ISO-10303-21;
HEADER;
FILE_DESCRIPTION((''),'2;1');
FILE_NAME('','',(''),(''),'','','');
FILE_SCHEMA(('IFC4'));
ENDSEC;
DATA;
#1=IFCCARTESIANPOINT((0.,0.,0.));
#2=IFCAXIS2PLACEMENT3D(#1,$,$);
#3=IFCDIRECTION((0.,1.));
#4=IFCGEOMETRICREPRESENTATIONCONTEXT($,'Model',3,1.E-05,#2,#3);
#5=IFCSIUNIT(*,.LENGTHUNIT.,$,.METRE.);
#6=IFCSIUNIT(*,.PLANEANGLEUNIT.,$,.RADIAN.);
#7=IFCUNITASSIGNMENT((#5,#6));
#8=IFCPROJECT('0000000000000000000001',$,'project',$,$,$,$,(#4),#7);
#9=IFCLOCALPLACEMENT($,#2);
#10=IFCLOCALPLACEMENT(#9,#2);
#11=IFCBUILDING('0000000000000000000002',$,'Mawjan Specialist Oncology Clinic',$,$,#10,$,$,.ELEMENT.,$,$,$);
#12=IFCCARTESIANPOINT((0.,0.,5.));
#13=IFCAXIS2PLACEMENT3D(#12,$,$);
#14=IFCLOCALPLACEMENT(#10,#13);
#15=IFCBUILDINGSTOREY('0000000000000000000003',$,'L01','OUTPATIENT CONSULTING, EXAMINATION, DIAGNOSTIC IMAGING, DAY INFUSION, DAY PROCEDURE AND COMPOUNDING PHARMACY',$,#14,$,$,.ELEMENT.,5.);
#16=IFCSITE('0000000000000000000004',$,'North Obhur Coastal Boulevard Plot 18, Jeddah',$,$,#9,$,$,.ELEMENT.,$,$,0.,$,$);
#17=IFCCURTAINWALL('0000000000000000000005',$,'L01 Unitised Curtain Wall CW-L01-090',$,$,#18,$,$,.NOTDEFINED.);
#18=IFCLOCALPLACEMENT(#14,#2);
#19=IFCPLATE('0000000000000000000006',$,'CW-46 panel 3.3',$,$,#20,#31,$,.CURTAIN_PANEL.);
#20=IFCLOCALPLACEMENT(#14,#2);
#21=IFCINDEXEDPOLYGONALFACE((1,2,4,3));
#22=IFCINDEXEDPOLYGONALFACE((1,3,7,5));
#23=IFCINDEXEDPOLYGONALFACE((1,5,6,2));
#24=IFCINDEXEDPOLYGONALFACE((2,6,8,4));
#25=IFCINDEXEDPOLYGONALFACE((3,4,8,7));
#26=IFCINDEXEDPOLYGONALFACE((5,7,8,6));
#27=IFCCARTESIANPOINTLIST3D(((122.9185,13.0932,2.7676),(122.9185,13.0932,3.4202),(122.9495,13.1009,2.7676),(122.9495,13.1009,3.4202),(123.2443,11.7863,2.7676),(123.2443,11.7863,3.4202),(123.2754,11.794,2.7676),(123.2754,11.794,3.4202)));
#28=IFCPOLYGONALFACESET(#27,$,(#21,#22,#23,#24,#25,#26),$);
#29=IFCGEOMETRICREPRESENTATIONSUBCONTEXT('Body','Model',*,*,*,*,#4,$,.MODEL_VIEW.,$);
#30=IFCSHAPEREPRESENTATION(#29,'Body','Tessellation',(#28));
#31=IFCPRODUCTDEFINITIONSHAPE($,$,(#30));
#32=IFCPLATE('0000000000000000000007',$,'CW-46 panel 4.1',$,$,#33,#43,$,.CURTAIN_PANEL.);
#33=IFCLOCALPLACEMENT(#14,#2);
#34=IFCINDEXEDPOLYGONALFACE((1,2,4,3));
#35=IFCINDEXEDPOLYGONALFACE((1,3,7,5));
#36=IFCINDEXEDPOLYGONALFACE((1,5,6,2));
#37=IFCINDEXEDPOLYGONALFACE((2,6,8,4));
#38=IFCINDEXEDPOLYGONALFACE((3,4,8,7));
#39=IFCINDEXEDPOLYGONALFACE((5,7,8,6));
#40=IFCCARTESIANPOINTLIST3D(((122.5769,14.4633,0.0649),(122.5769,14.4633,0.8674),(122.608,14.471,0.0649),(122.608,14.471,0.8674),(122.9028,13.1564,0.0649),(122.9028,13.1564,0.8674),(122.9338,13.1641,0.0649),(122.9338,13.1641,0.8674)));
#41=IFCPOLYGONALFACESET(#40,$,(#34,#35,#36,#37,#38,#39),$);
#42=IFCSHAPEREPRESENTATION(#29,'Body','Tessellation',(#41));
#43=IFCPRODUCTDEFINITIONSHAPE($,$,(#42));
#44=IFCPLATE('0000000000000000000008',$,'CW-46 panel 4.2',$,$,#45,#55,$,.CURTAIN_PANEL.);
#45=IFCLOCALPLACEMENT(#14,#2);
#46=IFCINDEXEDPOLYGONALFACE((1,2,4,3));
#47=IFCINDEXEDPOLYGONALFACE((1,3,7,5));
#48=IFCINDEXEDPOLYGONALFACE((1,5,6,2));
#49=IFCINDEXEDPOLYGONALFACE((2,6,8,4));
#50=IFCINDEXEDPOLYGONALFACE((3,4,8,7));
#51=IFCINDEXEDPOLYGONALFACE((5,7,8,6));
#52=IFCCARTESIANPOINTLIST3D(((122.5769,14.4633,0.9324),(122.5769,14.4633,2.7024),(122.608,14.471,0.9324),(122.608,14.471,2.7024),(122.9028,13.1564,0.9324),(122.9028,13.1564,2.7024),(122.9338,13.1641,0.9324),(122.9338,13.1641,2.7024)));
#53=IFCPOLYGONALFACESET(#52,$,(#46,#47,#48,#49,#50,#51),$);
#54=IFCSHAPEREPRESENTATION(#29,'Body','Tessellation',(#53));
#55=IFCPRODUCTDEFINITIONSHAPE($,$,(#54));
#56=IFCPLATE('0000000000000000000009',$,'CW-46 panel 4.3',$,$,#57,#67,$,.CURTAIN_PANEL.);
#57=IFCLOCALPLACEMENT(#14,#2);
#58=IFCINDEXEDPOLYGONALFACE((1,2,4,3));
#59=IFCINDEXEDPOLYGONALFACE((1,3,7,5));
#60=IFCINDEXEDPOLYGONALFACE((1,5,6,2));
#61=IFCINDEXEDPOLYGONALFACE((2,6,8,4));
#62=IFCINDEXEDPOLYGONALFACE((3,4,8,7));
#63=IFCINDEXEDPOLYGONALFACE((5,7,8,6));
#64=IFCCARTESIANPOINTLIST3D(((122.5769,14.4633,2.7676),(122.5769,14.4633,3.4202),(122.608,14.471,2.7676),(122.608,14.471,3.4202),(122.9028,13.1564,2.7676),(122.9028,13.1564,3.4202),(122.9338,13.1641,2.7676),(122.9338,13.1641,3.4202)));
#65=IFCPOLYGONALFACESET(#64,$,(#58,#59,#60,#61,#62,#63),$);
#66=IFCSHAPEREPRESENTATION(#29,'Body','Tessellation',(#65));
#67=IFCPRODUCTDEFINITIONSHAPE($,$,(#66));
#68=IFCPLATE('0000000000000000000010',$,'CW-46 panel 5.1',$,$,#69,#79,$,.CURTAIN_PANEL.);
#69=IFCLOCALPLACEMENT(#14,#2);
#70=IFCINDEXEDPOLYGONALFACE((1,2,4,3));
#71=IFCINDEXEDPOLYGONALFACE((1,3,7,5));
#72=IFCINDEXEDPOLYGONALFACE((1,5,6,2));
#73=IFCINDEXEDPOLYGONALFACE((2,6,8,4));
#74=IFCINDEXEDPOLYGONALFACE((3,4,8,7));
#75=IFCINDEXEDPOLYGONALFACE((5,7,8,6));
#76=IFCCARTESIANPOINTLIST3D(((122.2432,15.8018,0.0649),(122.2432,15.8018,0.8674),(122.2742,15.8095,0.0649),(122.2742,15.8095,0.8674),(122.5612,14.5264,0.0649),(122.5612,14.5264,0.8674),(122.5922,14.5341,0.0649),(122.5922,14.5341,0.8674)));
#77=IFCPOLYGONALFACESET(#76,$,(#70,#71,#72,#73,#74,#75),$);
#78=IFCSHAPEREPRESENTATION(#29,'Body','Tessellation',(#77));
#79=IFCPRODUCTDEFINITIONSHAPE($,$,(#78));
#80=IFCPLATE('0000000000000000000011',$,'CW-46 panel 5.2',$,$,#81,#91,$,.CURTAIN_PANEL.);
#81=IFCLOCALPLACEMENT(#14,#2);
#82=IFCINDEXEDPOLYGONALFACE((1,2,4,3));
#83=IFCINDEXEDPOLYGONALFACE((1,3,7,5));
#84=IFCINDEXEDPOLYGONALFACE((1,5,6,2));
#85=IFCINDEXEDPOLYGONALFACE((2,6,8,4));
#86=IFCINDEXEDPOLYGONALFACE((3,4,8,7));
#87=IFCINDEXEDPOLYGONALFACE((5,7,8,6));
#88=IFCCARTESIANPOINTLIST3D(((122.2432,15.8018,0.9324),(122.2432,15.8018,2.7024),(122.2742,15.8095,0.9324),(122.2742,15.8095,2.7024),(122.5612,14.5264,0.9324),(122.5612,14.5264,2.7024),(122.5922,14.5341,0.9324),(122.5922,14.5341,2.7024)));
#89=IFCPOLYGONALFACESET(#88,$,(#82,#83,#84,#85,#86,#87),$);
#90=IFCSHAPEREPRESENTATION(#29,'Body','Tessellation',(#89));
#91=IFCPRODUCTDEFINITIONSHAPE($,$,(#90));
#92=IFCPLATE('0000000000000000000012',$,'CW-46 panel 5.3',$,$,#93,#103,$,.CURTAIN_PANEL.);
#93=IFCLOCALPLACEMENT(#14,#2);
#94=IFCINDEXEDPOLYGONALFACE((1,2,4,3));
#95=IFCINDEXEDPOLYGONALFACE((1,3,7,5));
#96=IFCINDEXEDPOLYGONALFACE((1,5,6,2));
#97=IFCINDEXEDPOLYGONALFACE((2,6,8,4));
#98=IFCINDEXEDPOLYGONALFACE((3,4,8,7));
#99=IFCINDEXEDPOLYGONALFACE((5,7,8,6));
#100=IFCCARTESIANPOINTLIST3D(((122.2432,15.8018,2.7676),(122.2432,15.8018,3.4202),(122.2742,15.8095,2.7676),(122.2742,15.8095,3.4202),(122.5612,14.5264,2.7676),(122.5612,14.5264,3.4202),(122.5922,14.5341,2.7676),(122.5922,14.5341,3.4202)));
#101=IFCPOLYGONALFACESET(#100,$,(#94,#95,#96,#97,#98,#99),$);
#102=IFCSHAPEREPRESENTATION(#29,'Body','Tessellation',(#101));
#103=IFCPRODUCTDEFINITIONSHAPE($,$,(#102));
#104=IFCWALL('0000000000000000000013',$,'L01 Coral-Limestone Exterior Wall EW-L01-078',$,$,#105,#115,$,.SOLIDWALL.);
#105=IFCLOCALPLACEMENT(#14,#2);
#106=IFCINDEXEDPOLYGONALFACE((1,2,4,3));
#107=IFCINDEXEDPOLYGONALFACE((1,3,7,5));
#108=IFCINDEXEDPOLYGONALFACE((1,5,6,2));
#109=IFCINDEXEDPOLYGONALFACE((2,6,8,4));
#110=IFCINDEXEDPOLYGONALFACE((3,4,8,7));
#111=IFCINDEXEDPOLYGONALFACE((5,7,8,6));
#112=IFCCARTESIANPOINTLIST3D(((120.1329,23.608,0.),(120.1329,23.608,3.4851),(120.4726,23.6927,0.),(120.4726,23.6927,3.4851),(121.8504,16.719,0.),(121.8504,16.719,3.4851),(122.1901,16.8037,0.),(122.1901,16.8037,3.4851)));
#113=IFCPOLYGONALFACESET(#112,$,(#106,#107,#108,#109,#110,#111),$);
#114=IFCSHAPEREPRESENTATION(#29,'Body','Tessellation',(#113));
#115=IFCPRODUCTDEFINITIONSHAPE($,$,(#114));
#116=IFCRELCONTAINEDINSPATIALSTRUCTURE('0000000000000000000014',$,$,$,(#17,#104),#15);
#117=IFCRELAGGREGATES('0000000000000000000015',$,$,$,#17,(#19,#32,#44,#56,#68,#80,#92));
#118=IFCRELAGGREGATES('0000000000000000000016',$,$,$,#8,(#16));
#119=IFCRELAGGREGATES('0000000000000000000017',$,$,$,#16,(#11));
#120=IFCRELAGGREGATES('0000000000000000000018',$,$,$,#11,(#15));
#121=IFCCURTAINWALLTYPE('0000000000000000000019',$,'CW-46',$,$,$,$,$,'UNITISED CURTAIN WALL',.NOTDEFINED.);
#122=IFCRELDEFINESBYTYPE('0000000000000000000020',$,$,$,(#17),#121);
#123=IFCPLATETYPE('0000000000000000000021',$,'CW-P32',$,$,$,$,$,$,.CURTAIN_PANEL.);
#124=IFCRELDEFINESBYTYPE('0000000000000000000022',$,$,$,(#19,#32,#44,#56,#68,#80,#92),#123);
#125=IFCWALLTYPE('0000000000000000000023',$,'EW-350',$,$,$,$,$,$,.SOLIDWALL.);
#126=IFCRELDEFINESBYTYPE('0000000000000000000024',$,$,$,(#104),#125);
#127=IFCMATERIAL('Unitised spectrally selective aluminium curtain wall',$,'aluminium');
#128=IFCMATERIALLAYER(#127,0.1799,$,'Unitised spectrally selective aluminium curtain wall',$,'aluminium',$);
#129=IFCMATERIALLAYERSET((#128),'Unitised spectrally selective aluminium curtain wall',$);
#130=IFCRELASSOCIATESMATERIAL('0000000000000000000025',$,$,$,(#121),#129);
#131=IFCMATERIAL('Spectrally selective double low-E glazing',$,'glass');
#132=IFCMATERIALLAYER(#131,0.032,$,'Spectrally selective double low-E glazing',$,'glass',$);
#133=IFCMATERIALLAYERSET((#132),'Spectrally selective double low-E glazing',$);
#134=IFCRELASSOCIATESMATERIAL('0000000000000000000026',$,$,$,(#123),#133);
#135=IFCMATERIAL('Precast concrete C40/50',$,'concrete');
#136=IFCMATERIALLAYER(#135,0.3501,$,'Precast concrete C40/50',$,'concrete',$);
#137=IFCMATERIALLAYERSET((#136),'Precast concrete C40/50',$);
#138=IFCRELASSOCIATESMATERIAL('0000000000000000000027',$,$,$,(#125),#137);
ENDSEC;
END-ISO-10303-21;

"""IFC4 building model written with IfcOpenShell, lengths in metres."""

from ifc_helpers import new_model, si_unit, direction, frame, frame_2d, origin, origin_2d, place, context, subcontext, project, spatial, rectangle, extrude, material, layer, layer_set, type_object, element, aggregate, save


model = new_model("IFC4")

# Units and contexts
model_context = context("Model", 3, precision=1e-05, world=origin(), true_north=direction((0.0, 1.0)))
body_context = subcontext(model_context, "Body", "Model", "MODEL_VIEW")
ifc_project = project(units=[si_unit("LENGTHUNIT", "METRE"), si_unit("PLANEANGLEUNIT", "RADIAN")], contexts=[model_context])

# Site, building, storey
site_placement = place(None, origin())
site = spatial("IfcSite", under=ifc_project, at=site_placement, Name="North Obhur Coastal Boulevard Plot 18, Jeddah", CompositionType="ELEMENT", RefElevation=0.0)
building_placement = place(site_placement, origin())
building = spatial("IfcBuilding", under=site, at=building_placement, Name="Mawjan Specialist Oncology Clinic", CompositionType="ELEMENT")
storey_placement = place(building_placement, frame((0.0, 0.0, 5.0)))
storey = spatial("IfcBuildingStorey", under=building, at=storey_placement, Name="L01", Description="OUTPATIENT CONSULTING, EXAMINATION, DIAGNOSTIC IMAGING, DAY INFUSION, DAY PROCEDURE AND COMPOUNDING PHARMACY", CompositionType="ELEMENT", Elevation=5.0)

# Curtain wall
ifc_material_1 = material(Name="Unitised spectrally selective aluminium curtain wall", Category="aluminium")
ifc_layer_1 = layer(ifc_material_1, 0.1799, Name="Unitised spectrally selective aluminium curtain wall", Category="aluminium")
ifc_layer_set_1 = layer_set([ifc_layer_1], Name="Unitised spectrally selective aluminium curtain wall")
curtain_wall_type = type_object("IfcCurtainWallType", Name="CW-46", ElementType="UNITISED CURTAIN WALL", PredefinedType="NOTDEFINED", material=ifc_layer_set_1)
curtain_wall_placement = place(storey_placement, origin())
curtain_wall = element("IfcCurtainWall", 1, at=curtain_wall_placement, inside=storey, type_object=curtain_wall_type, Name="L01 Unitised Curtain Wall CW-L01-090", PredefinedType="NOTDEFINED")

# Plates
ifc_material_2 = material(Name="Spectrally selective double low-E glazing", Category="glass")
ifc_layer_2 = layer(ifc_material_2, 0.032, Name="Spectrally selective double low-E glazing", Category="glass")
ifc_layer_set_2 = layer_set([ifc_layer_2], Name="Spectrally selective double low-E glazing")
plate_type = type_object("IfcPlateType", Name="CW-P32", PredefinedType="CURTAIN_PANEL", material=ifc_layer_set_2)
plate_1_placement = place(storey_placement, frame((123.0969, 12.4436, 2.7676), z_axis=(0.0, 0.0, 1.0), x_axis=(-0.241922, 0.970296, 0.0)))
plate_1 = element("IfcPlate", 2, at=plate_1_placement, type_object=plate_type, Name="CW-46 panel 3.3", PredefinedType="CURTAIN_PANEL", context=body_context, shape_type="SweptSolid", body=[
    extrude(rectangle(XDim=1.3469, YDim=0.032, at=origin_2d()), origin(), (0.0, 0.0, 1.0), 0.6526),
])
plate_2_placement = place(storey_placement, frame((122.7554, 13.8137, 0.0649), z_axis=(0.0, 0.0, 1.0), x_axis=(-0.241922, 0.970296, 0.0)))
plate_2 = element("IfcPlate", 3, at=plate_2_placement, type_object=plate_type, Name="CW-46 panel 4.1", PredefinedType="CURTAIN_PANEL", context=body_context, shape_type="SweptSolid", body=[
    extrude(rectangle(XDim=1.3469, YDim=0.032, at=origin_2d()), origin(), (0.0, 0.0, 1.0), 0.8025),
])
plate_3_placement = place(storey_placement, frame((122.7554, 13.8137, 0.9324), z_axis=(0.0, 0.0, 1.0), x_axis=(-0.241922, 0.970296, 0.0)))
plate_3 = element("IfcPlate", 4, at=plate_3_placement, type_object=plate_type, Name="CW-46 panel 4.2", PredefinedType="CURTAIN_PANEL", context=body_context, shape_type="SweptSolid", body=[
    extrude(rectangle(XDim=1.3469, YDim=0.032, at=origin_2d()), origin(), (0.0, 0.0, 1.0), 1.77),
])
plate_4_placement = place(storey_placement, frame((122.7554, 13.8137, 2.7676), z_axis=(0.0, 0.0, 1.0), x_axis=(-0.241922, 0.970296, 0.0)))
plate_4 = element("IfcPlate", 5, at=plate_4_placement, type_object=plate_type, Name="CW-46 panel 4.3", PredefinedType="CURTAIN_PANEL", context=body_context, shape_type="SweptSolid", body=[
    extrude(rectangle(XDim=1.3469, YDim=0.032, at=origin_2d()), origin(), (0.0, 0.0, 1.0), 0.6526),
])
plate_5_placement = place(storey_placement, frame((122.4177, 15.168, 0.0649), z_axis=(0.0, 0.0, 1.0), x_axis=(-0.241922, 0.970296, 0.0)))
plate_5 = element("IfcPlate", 6, at=plate_5_placement, type_object=plate_type, Name="CW-46 panel 5.1", PredefinedType="CURTAIN_PANEL", context=body_context, shape_type="SweptSolid", body=[
    extrude(rectangle(XDim=1.3145, YDim=0.032, at=origin_2d()), origin(), (0.0, 0.0, 1.0), 0.8025),
])
plate_6_placement = place(storey_placement, frame((122.4177, 15.168, 0.9324), z_axis=(0.0, 0.0, 1.0), x_axis=(-0.241922, 0.970296, 0.0)))
plate_6 = element("IfcPlate", 7, at=plate_6_placement, type_object=plate_type, Name="CW-46 panel 5.2", PredefinedType="CURTAIN_PANEL", context=body_context, shape_type="SweptSolid", body=[
    extrude(rectangle(XDim=1.3145, YDim=0.032, at=origin_2d()), origin(), (0.0, 0.0, 1.0), 1.77),
])
plate_7_placement = place(storey_placement, frame((122.4177, 15.168, 2.7676), z_axis=(0.0, 0.0, 1.0), x_axis=(-0.241922, 0.970296, 0.0)))
plate_7 = element("IfcPlate", 8, at=plate_7_placement, type_object=plate_type, Name="CW-46 panel 5.3", PredefinedType="CURTAIN_PANEL", context=body_context, shape_type="SweptSolid", body=[
    extrude(rectangle(XDim=1.3145, YDim=0.032, at=origin_2d()), origin(), (0.0, 0.0, 1.0), 0.6526),
])
aggregate(curtain_wall, [plate_1, plate_2, plate_3, plate_4, plate_5, plate_6, plate_7])

# Wall
ifc_material_3 = material(Name="Precast concrete C40/50", Category="concrete")
ifc_layer_3 = layer(ifc_material_3, 0.3501, Name="Precast concrete C40/50", Category="concrete")
ifc_layer_set_3 = layer_set([ifc_layer_3], Name="Precast concrete C40/50")
wall_type = type_object("IfcWallType", Name="EW-350", PredefinedType="SOLIDWALL", material=ifc_layer_set_3)
wall_placement = place(storey_placement, frame((122.0203, 16.7615, 0.0), z_axis=(0.0, 0.0, 1.0), x_axis=(-0.241913, 0.970298, 0.0)))
element("IfcWall", 9, at=wall_placement, inside=storey, type_object=wall_type, Name="L01 Coral-Limestone Exterior Wall EW-L01-078", PredefinedType="SOLIDWALL", context=body_context, shape_type="SweptSolid", body=[
    extrude(rectangle(XDim=7.0999, YDim=0.3501, at=frame_2d((3.5498, 0.0))), origin(), (0.0, 0.0, 1.0), 3.4851),
])

save(model, "model.ifc")
